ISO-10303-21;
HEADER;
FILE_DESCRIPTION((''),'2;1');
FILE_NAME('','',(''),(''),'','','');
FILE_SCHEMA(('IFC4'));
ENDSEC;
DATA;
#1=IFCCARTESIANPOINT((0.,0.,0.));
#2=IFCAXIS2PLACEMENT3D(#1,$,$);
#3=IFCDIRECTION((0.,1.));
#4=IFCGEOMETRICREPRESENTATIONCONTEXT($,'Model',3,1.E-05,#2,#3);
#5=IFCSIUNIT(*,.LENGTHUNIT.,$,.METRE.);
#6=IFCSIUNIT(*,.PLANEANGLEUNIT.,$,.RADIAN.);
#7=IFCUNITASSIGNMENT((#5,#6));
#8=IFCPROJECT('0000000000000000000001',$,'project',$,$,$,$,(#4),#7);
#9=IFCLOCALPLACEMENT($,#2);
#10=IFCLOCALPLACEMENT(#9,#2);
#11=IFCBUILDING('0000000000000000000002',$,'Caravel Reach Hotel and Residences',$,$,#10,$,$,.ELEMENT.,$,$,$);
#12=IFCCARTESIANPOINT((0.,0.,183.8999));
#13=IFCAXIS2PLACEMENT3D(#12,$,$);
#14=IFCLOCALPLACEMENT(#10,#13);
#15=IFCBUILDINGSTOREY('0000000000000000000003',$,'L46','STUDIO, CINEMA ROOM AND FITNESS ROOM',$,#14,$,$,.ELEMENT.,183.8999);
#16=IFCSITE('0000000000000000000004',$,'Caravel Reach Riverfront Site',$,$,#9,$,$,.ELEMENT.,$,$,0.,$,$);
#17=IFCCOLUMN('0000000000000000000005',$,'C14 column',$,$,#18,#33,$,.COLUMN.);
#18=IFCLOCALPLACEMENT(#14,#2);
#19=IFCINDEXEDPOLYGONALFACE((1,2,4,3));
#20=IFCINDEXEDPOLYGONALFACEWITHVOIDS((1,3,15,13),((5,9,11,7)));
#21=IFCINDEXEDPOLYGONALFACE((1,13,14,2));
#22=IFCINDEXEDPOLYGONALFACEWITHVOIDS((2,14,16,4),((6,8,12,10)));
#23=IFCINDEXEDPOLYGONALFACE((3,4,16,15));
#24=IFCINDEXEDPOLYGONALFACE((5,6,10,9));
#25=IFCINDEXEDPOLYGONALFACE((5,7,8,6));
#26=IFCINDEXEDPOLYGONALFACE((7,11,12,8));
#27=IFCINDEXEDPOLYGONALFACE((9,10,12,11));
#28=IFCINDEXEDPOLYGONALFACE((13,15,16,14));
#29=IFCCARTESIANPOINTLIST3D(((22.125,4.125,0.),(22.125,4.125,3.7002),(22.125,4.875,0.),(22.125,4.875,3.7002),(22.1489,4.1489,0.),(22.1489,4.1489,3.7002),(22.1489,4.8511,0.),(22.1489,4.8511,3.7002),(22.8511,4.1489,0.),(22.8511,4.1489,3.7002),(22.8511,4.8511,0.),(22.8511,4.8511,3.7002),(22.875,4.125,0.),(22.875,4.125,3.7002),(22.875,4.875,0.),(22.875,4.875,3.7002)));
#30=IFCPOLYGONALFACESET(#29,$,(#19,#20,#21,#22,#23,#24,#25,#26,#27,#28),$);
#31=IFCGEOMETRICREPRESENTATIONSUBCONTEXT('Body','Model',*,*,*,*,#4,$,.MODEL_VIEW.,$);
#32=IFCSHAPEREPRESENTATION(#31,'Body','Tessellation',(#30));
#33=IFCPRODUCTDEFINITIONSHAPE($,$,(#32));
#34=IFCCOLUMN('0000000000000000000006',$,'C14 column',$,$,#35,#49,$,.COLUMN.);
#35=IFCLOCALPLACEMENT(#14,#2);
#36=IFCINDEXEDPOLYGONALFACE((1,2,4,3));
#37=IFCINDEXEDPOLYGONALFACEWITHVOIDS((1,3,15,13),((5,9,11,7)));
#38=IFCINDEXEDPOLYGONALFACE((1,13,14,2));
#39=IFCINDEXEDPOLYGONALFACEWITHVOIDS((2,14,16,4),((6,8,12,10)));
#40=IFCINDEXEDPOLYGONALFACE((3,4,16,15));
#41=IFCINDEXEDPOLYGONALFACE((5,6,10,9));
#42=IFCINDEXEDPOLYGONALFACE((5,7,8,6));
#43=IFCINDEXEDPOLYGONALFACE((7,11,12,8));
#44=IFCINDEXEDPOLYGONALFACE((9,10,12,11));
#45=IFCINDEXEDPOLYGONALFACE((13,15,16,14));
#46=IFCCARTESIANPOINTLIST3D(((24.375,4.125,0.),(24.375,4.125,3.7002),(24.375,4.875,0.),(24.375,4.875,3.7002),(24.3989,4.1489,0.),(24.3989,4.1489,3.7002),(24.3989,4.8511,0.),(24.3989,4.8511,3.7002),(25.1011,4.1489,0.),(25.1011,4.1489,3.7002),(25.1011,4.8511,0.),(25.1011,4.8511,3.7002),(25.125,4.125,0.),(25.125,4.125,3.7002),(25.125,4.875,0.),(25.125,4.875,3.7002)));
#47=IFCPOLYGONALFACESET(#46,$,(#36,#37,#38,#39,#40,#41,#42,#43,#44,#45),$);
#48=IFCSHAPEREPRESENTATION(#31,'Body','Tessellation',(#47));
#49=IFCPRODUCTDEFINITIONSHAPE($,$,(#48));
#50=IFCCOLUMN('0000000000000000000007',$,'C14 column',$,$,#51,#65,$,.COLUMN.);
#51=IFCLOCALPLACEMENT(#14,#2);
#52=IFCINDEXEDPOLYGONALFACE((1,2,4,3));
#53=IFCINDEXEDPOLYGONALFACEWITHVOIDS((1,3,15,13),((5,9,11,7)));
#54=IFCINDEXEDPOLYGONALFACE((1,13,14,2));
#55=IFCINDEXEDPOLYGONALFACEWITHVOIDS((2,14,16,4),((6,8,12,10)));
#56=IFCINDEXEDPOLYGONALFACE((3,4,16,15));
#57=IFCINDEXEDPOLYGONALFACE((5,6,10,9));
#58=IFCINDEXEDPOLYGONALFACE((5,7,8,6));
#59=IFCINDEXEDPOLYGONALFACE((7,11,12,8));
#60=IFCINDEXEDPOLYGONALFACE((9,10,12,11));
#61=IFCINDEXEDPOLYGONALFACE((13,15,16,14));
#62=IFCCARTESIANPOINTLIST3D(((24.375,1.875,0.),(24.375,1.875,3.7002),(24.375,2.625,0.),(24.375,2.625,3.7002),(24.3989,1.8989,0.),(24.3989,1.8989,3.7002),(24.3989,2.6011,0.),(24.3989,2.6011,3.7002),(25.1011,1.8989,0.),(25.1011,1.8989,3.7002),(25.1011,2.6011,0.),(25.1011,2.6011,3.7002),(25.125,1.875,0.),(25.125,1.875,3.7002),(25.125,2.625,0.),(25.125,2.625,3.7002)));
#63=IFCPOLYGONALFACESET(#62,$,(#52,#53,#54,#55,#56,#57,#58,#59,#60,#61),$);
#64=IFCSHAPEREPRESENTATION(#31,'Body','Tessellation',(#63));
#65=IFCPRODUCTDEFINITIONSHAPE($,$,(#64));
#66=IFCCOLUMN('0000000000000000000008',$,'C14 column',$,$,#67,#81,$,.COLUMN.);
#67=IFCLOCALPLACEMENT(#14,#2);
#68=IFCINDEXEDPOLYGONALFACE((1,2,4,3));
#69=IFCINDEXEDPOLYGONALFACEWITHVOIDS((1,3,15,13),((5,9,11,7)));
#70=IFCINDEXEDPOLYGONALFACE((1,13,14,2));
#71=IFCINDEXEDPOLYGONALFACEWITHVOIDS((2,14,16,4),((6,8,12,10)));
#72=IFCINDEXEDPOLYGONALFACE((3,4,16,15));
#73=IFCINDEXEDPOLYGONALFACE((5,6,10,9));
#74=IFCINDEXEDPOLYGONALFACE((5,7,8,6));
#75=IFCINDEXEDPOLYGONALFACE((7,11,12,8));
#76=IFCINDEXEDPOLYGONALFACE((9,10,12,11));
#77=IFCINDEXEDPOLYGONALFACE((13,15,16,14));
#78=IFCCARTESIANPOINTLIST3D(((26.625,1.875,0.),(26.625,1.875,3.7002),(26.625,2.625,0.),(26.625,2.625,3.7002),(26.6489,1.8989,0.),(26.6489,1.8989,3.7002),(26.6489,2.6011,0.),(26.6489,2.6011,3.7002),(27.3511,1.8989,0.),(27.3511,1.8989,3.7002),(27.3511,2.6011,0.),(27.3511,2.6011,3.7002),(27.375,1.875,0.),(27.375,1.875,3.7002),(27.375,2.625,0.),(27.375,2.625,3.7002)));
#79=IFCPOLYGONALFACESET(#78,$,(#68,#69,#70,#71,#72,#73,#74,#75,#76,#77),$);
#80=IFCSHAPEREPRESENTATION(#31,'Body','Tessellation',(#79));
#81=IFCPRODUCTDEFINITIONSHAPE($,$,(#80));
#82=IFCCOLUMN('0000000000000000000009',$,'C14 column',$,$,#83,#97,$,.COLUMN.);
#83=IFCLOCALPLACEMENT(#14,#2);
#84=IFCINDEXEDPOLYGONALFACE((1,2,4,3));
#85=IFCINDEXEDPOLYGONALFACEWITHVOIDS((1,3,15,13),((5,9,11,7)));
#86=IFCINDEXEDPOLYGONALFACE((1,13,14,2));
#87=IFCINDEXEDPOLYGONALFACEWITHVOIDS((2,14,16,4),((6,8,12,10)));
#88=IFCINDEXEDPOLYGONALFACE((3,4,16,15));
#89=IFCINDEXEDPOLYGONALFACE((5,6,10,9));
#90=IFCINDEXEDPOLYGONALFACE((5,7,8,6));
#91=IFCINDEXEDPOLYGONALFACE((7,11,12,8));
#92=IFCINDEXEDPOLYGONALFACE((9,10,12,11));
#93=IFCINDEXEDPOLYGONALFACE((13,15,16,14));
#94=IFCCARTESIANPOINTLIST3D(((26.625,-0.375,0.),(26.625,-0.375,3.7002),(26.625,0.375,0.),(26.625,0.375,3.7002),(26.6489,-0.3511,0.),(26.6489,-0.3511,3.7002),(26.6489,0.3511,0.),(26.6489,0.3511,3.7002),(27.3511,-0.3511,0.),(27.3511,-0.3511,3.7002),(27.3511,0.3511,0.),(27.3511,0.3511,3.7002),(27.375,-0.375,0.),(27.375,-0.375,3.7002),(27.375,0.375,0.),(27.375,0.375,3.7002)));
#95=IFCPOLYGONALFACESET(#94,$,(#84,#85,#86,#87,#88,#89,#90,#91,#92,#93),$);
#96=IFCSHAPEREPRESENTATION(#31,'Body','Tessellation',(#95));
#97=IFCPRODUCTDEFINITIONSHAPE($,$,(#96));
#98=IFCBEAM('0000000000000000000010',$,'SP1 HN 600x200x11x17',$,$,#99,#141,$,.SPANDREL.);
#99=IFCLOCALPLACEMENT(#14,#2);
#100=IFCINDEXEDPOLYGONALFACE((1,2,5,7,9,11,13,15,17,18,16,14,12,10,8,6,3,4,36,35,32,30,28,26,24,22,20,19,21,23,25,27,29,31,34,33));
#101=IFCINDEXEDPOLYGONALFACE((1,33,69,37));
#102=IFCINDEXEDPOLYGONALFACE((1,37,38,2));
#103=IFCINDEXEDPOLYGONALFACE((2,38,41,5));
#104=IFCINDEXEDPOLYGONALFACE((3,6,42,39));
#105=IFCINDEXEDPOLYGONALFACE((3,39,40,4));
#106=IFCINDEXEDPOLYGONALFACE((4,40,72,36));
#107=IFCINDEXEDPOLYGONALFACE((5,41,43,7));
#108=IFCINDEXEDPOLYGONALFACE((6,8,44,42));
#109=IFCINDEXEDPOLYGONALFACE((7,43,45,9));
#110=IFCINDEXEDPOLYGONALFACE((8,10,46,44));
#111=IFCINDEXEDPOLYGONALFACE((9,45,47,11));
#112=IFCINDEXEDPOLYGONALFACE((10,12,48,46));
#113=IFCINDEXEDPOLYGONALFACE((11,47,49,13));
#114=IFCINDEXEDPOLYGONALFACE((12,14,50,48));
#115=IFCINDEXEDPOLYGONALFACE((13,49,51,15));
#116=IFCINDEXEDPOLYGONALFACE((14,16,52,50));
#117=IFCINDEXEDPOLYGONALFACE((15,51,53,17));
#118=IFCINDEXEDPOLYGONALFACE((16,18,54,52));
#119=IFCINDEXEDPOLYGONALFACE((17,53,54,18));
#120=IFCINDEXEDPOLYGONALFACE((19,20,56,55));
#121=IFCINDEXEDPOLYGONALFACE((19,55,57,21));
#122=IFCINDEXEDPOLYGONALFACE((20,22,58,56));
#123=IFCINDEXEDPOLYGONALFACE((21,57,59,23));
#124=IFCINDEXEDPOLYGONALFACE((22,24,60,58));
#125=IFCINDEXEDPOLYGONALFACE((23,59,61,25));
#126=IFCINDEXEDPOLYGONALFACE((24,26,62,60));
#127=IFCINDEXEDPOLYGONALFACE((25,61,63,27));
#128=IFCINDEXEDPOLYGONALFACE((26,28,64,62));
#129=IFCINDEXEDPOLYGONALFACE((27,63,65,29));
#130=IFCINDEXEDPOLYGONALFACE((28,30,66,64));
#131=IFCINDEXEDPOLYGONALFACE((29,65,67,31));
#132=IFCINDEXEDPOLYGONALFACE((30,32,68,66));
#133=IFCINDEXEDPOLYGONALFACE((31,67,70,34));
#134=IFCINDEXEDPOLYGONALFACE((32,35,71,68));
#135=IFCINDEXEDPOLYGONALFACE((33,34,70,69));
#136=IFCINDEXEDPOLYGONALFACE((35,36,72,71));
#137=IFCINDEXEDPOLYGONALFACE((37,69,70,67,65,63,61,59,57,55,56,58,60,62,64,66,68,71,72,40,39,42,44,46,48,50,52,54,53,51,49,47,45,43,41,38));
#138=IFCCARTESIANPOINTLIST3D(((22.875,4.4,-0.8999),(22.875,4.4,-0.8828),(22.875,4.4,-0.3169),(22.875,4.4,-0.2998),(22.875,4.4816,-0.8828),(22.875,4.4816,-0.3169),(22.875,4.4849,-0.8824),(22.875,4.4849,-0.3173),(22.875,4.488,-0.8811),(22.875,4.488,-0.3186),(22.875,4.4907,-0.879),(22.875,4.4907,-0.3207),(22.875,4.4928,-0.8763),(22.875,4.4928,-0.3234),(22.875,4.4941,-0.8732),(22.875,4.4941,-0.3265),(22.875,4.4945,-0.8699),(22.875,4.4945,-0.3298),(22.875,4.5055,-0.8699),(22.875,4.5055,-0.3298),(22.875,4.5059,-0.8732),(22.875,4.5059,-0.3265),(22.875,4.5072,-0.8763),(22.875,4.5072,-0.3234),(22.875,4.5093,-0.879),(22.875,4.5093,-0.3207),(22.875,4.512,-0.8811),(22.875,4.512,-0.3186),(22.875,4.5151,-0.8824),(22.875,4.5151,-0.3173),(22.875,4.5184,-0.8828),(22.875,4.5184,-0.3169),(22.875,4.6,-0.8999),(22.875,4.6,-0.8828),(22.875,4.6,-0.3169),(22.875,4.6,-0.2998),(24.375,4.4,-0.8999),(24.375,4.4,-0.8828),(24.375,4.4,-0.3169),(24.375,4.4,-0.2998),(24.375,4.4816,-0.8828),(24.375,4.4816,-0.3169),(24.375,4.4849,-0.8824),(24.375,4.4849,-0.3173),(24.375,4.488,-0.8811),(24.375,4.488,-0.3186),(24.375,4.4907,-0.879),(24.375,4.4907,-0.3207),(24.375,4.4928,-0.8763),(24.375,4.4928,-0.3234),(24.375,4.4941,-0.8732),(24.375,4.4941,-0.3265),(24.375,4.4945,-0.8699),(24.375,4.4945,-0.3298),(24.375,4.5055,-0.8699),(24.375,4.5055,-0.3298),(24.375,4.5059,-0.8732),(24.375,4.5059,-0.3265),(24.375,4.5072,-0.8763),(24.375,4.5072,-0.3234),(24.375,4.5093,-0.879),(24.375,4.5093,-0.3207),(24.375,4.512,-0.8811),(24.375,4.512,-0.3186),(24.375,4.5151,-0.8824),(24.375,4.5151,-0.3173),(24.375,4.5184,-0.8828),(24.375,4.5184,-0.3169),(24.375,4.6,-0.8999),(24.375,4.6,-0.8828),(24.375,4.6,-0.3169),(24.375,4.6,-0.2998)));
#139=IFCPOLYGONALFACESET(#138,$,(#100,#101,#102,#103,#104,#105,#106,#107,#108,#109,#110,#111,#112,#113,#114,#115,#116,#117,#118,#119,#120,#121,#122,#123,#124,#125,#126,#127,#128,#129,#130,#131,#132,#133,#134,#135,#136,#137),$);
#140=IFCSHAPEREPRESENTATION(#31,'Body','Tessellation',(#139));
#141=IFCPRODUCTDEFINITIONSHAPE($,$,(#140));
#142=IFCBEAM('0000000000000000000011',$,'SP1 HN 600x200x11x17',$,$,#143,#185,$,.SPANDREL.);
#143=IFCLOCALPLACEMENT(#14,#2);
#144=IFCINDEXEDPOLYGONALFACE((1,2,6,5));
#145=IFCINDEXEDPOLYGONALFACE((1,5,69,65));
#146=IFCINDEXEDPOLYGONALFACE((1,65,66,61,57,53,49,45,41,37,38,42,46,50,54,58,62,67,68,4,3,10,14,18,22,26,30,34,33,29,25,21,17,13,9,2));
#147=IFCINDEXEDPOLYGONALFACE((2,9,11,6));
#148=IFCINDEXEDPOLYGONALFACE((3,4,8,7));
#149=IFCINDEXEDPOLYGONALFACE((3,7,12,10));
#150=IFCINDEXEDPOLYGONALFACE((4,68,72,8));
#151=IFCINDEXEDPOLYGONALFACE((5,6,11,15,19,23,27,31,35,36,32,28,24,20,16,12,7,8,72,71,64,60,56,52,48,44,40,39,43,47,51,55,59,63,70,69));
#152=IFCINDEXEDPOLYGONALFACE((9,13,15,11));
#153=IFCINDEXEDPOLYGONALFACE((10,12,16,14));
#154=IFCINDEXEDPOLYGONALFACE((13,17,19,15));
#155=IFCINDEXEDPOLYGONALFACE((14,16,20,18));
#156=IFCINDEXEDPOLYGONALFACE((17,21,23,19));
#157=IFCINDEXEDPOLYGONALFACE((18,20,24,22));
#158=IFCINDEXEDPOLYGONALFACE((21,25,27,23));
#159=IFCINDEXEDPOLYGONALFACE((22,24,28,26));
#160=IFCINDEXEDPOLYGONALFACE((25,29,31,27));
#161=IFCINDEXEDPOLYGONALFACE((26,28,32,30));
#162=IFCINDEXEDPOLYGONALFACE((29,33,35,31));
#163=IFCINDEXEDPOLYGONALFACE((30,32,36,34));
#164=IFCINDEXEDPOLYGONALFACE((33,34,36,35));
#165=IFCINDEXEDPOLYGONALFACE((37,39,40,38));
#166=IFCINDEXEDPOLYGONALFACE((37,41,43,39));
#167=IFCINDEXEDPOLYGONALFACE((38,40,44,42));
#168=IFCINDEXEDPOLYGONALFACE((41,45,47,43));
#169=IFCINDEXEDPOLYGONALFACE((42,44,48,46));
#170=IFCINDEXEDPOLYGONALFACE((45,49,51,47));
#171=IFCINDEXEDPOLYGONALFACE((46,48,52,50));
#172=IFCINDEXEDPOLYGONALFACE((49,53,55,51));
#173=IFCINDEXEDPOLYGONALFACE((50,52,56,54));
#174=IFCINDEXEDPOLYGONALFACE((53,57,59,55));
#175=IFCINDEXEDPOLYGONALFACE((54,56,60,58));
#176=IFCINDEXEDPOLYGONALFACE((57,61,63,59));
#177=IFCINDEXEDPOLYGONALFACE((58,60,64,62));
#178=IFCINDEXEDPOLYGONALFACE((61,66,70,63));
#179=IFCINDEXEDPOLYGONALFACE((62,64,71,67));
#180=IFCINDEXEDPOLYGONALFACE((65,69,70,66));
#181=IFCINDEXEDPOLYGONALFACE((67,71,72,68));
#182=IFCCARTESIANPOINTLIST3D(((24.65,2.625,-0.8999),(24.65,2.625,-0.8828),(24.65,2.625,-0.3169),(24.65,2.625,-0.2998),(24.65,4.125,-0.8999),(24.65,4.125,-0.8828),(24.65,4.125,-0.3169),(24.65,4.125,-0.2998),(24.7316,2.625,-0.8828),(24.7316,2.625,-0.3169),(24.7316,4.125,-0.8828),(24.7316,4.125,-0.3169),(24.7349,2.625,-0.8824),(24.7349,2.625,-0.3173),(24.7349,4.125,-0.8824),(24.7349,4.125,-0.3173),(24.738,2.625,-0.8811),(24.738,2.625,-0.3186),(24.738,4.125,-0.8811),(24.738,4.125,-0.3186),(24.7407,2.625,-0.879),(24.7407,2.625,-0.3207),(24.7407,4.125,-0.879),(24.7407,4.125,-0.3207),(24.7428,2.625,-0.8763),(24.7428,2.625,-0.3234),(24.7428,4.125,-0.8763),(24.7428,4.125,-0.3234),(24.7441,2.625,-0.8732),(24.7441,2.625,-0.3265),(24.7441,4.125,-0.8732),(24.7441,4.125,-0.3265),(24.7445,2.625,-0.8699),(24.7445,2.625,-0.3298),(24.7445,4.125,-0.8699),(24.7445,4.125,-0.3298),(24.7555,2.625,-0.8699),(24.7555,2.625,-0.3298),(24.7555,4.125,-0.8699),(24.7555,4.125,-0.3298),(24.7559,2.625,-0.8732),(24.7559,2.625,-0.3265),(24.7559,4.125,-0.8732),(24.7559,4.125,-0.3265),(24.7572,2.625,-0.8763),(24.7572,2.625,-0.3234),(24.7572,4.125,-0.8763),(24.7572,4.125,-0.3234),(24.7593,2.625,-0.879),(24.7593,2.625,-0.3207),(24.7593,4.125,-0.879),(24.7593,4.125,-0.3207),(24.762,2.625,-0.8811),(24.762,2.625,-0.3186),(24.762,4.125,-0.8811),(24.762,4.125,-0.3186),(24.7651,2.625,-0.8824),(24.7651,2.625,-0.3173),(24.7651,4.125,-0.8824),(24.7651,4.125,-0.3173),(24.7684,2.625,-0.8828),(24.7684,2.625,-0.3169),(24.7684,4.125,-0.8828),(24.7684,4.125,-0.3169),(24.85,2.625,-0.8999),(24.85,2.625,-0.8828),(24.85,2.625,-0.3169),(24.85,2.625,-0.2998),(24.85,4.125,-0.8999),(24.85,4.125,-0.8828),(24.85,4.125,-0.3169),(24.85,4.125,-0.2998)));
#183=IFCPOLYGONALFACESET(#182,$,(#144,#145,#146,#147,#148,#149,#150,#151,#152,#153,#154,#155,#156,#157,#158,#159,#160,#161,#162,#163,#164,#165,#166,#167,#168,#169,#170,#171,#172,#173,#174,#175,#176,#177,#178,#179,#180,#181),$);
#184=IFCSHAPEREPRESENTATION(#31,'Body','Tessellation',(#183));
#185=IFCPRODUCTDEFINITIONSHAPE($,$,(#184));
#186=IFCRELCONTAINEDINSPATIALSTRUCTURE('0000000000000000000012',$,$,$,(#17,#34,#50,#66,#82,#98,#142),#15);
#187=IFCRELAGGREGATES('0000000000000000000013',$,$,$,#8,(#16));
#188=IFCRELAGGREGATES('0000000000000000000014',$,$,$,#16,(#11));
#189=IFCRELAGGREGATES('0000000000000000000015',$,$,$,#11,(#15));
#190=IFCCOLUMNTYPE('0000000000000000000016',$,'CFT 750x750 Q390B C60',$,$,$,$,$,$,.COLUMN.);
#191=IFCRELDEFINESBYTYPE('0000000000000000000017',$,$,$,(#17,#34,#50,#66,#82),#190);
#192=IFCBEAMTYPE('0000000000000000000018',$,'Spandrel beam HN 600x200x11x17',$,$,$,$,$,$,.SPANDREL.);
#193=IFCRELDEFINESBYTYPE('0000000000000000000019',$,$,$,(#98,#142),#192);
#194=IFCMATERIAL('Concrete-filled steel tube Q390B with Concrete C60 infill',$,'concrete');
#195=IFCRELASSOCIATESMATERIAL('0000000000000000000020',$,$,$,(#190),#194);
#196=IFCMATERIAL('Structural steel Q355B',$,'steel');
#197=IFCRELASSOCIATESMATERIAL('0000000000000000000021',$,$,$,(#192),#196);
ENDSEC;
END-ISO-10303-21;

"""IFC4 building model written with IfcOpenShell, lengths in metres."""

from ifc_helpers import new_model, si_unit, direction, frame, origin, origin_2d, place, context, subcontext, project, spatial, hollow_rectangle, i_section, extrude, material, material_profile, profile_set, type_object, element, save


model = new_model("IFC4")

# Units and contexts
model_context = context("Model", 3, precision=1e-05, world=origin(), true_north=direction((0.0, 1.0)))
body_context = subcontext(model_context, "Body", "Model", "MODEL_VIEW")
ifc_project = project(units=[si_unit("LENGTHUNIT", "METRE"), si_unit("PLANEANGLEUNIT", "RADIAN")], contexts=[model_context])

# Site, building, storey
site_placement = place(None, origin())
site = spatial("IfcSite", under=ifc_project, at=site_placement, Name="Caravel Reach Riverfront Site", CompositionType="ELEMENT", RefElevation=0.0)
building_placement = place(site_placement, origin())
building = spatial("IfcBuilding", under=site, at=building_placement, Name="Caravel Reach Hotel and Residences", CompositionType="ELEMENT")
storey_placement = place(building_placement, frame((0.0, 0.0, 183.8999)))
storey = spatial("IfcBuildingStorey", under=building, at=storey_placement, Name="L46", Description="STUDIO, CINEMA ROOM AND FITNESS ROOM", CompositionType="ELEMENT", Elevation=183.8999)

# Columns
ifc_material_1 = material(Name="Concrete-filled steel tube Q390B with Concrete C60 infill", Category="concrete")
ifc_material_profile_1 = material_profile(ifc_material_1, hollow_rectangle(XDim=0.75, YDim=0.75, WallThickness=0.0239, at=origin_2d()), Name="RHS 750x750x24")
ifc_profile_set_1 = profile_set([ifc_material_profile_1], Name="Concrete-filled steel tube Q390B with Concrete C60 infill")
column_type = type_object("IfcColumnType", Name="CFT 750x750 Q390B C60", PredefinedType="COLUMN", material=ifc_profile_set_1)
for number, where, z_axis, x_axis, name in (
    (1, (22.5, 4.5, 0.0), (0.0, 0.0, 1.0), (1.0, 0.0, 0.0), "C14 column"),
    (2, (24.75, 4.5, 0.0), (0.0, 0.0, 1.0), (1.0, 0.0, 0.0), "C14 column"),
    (3, (24.75, 2.25, 0.0), (0.0, 0.0, 1.0), (1.0, 0.0, 0.0), "C14 column"),
    (4, (27.0, 2.25, 0.0), (0.0, 0.0, 1.0), (1.0, 0.0, 0.0), "C14 column"),
    (5, (27.0, 0.0, 0.0), (0.0, 0.0, 1.0), (1.0, 0.0, 0.0), "C14 column"),
):
    element("IfcColumn", number, at=place(storey_placement, frame(where, z_axis=z_axis, x_axis=x_axis)), inside=storey, type_object=column_type, Name=name, PredefinedType="COLUMN", context=body_context, shape_type="SweptSolid", body=[
        extrude(hollow_rectangle(XDim=0.75, YDim=0.75, WallThickness=0.0239, at=origin_2d()), origin(), (0.0, 0.0, 1.0), 3.7002),
    ])

# Beams
ifc_material_2 = material(Name="Structural steel Q355B", Category="steel")
ifc_material_profile_2 = material_profile(ifc_material_2, i_section(OverallWidth=0.2, OverallDepth=0.6001, WebThickness=0.011, FlangeThickness=0.0171, FilletRadius=0.0129, at=origin_2d()), Name="HN 600x200x11x17")
ifc_profile_set_2 = profile_set([ifc_material_profile_2], Name="Structural steel Q355B")
beam_type = type_object("IfcBeamType", Name="Spandrel beam HN 600x200x11x17", PredefinedType="SPANDREL", material=ifc_profile_set_2)
for number, where, z_axis, x_axis, name in (
    (6, (22.875, 4.5, -0.5999), (1.0, 0.0, 0.0), (0.0, 1.0, 0.0), "SP1 HN 600x200x11x17"),
    (7, (24.75, 4.125, -0.5999), (0.0, -1.0, 0.0), (1.0, 0.0, 0.0), "SP1 HN 600x200x11x17"),
):
    element("IfcBeam", number, at=place(storey_placement, frame(where, z_axis=z_axis, x_axis=x_axis)), inside=storey, type_object=beam_type, Name=name, PredefinedType="SPANDREL", context=body_context, shape_type="SweptSolid", body=[
        extrude(i_section(OverallWidth=0.2, OverallDepth=0.6001, WebThickness=0.011, FlangeThickness=0.0171, FilletRadius=0.0129, at=origin_2d()), origin(), (0.0, 0.0, 1.0), 1.5),
    ])

save(model, "model.ifc")
